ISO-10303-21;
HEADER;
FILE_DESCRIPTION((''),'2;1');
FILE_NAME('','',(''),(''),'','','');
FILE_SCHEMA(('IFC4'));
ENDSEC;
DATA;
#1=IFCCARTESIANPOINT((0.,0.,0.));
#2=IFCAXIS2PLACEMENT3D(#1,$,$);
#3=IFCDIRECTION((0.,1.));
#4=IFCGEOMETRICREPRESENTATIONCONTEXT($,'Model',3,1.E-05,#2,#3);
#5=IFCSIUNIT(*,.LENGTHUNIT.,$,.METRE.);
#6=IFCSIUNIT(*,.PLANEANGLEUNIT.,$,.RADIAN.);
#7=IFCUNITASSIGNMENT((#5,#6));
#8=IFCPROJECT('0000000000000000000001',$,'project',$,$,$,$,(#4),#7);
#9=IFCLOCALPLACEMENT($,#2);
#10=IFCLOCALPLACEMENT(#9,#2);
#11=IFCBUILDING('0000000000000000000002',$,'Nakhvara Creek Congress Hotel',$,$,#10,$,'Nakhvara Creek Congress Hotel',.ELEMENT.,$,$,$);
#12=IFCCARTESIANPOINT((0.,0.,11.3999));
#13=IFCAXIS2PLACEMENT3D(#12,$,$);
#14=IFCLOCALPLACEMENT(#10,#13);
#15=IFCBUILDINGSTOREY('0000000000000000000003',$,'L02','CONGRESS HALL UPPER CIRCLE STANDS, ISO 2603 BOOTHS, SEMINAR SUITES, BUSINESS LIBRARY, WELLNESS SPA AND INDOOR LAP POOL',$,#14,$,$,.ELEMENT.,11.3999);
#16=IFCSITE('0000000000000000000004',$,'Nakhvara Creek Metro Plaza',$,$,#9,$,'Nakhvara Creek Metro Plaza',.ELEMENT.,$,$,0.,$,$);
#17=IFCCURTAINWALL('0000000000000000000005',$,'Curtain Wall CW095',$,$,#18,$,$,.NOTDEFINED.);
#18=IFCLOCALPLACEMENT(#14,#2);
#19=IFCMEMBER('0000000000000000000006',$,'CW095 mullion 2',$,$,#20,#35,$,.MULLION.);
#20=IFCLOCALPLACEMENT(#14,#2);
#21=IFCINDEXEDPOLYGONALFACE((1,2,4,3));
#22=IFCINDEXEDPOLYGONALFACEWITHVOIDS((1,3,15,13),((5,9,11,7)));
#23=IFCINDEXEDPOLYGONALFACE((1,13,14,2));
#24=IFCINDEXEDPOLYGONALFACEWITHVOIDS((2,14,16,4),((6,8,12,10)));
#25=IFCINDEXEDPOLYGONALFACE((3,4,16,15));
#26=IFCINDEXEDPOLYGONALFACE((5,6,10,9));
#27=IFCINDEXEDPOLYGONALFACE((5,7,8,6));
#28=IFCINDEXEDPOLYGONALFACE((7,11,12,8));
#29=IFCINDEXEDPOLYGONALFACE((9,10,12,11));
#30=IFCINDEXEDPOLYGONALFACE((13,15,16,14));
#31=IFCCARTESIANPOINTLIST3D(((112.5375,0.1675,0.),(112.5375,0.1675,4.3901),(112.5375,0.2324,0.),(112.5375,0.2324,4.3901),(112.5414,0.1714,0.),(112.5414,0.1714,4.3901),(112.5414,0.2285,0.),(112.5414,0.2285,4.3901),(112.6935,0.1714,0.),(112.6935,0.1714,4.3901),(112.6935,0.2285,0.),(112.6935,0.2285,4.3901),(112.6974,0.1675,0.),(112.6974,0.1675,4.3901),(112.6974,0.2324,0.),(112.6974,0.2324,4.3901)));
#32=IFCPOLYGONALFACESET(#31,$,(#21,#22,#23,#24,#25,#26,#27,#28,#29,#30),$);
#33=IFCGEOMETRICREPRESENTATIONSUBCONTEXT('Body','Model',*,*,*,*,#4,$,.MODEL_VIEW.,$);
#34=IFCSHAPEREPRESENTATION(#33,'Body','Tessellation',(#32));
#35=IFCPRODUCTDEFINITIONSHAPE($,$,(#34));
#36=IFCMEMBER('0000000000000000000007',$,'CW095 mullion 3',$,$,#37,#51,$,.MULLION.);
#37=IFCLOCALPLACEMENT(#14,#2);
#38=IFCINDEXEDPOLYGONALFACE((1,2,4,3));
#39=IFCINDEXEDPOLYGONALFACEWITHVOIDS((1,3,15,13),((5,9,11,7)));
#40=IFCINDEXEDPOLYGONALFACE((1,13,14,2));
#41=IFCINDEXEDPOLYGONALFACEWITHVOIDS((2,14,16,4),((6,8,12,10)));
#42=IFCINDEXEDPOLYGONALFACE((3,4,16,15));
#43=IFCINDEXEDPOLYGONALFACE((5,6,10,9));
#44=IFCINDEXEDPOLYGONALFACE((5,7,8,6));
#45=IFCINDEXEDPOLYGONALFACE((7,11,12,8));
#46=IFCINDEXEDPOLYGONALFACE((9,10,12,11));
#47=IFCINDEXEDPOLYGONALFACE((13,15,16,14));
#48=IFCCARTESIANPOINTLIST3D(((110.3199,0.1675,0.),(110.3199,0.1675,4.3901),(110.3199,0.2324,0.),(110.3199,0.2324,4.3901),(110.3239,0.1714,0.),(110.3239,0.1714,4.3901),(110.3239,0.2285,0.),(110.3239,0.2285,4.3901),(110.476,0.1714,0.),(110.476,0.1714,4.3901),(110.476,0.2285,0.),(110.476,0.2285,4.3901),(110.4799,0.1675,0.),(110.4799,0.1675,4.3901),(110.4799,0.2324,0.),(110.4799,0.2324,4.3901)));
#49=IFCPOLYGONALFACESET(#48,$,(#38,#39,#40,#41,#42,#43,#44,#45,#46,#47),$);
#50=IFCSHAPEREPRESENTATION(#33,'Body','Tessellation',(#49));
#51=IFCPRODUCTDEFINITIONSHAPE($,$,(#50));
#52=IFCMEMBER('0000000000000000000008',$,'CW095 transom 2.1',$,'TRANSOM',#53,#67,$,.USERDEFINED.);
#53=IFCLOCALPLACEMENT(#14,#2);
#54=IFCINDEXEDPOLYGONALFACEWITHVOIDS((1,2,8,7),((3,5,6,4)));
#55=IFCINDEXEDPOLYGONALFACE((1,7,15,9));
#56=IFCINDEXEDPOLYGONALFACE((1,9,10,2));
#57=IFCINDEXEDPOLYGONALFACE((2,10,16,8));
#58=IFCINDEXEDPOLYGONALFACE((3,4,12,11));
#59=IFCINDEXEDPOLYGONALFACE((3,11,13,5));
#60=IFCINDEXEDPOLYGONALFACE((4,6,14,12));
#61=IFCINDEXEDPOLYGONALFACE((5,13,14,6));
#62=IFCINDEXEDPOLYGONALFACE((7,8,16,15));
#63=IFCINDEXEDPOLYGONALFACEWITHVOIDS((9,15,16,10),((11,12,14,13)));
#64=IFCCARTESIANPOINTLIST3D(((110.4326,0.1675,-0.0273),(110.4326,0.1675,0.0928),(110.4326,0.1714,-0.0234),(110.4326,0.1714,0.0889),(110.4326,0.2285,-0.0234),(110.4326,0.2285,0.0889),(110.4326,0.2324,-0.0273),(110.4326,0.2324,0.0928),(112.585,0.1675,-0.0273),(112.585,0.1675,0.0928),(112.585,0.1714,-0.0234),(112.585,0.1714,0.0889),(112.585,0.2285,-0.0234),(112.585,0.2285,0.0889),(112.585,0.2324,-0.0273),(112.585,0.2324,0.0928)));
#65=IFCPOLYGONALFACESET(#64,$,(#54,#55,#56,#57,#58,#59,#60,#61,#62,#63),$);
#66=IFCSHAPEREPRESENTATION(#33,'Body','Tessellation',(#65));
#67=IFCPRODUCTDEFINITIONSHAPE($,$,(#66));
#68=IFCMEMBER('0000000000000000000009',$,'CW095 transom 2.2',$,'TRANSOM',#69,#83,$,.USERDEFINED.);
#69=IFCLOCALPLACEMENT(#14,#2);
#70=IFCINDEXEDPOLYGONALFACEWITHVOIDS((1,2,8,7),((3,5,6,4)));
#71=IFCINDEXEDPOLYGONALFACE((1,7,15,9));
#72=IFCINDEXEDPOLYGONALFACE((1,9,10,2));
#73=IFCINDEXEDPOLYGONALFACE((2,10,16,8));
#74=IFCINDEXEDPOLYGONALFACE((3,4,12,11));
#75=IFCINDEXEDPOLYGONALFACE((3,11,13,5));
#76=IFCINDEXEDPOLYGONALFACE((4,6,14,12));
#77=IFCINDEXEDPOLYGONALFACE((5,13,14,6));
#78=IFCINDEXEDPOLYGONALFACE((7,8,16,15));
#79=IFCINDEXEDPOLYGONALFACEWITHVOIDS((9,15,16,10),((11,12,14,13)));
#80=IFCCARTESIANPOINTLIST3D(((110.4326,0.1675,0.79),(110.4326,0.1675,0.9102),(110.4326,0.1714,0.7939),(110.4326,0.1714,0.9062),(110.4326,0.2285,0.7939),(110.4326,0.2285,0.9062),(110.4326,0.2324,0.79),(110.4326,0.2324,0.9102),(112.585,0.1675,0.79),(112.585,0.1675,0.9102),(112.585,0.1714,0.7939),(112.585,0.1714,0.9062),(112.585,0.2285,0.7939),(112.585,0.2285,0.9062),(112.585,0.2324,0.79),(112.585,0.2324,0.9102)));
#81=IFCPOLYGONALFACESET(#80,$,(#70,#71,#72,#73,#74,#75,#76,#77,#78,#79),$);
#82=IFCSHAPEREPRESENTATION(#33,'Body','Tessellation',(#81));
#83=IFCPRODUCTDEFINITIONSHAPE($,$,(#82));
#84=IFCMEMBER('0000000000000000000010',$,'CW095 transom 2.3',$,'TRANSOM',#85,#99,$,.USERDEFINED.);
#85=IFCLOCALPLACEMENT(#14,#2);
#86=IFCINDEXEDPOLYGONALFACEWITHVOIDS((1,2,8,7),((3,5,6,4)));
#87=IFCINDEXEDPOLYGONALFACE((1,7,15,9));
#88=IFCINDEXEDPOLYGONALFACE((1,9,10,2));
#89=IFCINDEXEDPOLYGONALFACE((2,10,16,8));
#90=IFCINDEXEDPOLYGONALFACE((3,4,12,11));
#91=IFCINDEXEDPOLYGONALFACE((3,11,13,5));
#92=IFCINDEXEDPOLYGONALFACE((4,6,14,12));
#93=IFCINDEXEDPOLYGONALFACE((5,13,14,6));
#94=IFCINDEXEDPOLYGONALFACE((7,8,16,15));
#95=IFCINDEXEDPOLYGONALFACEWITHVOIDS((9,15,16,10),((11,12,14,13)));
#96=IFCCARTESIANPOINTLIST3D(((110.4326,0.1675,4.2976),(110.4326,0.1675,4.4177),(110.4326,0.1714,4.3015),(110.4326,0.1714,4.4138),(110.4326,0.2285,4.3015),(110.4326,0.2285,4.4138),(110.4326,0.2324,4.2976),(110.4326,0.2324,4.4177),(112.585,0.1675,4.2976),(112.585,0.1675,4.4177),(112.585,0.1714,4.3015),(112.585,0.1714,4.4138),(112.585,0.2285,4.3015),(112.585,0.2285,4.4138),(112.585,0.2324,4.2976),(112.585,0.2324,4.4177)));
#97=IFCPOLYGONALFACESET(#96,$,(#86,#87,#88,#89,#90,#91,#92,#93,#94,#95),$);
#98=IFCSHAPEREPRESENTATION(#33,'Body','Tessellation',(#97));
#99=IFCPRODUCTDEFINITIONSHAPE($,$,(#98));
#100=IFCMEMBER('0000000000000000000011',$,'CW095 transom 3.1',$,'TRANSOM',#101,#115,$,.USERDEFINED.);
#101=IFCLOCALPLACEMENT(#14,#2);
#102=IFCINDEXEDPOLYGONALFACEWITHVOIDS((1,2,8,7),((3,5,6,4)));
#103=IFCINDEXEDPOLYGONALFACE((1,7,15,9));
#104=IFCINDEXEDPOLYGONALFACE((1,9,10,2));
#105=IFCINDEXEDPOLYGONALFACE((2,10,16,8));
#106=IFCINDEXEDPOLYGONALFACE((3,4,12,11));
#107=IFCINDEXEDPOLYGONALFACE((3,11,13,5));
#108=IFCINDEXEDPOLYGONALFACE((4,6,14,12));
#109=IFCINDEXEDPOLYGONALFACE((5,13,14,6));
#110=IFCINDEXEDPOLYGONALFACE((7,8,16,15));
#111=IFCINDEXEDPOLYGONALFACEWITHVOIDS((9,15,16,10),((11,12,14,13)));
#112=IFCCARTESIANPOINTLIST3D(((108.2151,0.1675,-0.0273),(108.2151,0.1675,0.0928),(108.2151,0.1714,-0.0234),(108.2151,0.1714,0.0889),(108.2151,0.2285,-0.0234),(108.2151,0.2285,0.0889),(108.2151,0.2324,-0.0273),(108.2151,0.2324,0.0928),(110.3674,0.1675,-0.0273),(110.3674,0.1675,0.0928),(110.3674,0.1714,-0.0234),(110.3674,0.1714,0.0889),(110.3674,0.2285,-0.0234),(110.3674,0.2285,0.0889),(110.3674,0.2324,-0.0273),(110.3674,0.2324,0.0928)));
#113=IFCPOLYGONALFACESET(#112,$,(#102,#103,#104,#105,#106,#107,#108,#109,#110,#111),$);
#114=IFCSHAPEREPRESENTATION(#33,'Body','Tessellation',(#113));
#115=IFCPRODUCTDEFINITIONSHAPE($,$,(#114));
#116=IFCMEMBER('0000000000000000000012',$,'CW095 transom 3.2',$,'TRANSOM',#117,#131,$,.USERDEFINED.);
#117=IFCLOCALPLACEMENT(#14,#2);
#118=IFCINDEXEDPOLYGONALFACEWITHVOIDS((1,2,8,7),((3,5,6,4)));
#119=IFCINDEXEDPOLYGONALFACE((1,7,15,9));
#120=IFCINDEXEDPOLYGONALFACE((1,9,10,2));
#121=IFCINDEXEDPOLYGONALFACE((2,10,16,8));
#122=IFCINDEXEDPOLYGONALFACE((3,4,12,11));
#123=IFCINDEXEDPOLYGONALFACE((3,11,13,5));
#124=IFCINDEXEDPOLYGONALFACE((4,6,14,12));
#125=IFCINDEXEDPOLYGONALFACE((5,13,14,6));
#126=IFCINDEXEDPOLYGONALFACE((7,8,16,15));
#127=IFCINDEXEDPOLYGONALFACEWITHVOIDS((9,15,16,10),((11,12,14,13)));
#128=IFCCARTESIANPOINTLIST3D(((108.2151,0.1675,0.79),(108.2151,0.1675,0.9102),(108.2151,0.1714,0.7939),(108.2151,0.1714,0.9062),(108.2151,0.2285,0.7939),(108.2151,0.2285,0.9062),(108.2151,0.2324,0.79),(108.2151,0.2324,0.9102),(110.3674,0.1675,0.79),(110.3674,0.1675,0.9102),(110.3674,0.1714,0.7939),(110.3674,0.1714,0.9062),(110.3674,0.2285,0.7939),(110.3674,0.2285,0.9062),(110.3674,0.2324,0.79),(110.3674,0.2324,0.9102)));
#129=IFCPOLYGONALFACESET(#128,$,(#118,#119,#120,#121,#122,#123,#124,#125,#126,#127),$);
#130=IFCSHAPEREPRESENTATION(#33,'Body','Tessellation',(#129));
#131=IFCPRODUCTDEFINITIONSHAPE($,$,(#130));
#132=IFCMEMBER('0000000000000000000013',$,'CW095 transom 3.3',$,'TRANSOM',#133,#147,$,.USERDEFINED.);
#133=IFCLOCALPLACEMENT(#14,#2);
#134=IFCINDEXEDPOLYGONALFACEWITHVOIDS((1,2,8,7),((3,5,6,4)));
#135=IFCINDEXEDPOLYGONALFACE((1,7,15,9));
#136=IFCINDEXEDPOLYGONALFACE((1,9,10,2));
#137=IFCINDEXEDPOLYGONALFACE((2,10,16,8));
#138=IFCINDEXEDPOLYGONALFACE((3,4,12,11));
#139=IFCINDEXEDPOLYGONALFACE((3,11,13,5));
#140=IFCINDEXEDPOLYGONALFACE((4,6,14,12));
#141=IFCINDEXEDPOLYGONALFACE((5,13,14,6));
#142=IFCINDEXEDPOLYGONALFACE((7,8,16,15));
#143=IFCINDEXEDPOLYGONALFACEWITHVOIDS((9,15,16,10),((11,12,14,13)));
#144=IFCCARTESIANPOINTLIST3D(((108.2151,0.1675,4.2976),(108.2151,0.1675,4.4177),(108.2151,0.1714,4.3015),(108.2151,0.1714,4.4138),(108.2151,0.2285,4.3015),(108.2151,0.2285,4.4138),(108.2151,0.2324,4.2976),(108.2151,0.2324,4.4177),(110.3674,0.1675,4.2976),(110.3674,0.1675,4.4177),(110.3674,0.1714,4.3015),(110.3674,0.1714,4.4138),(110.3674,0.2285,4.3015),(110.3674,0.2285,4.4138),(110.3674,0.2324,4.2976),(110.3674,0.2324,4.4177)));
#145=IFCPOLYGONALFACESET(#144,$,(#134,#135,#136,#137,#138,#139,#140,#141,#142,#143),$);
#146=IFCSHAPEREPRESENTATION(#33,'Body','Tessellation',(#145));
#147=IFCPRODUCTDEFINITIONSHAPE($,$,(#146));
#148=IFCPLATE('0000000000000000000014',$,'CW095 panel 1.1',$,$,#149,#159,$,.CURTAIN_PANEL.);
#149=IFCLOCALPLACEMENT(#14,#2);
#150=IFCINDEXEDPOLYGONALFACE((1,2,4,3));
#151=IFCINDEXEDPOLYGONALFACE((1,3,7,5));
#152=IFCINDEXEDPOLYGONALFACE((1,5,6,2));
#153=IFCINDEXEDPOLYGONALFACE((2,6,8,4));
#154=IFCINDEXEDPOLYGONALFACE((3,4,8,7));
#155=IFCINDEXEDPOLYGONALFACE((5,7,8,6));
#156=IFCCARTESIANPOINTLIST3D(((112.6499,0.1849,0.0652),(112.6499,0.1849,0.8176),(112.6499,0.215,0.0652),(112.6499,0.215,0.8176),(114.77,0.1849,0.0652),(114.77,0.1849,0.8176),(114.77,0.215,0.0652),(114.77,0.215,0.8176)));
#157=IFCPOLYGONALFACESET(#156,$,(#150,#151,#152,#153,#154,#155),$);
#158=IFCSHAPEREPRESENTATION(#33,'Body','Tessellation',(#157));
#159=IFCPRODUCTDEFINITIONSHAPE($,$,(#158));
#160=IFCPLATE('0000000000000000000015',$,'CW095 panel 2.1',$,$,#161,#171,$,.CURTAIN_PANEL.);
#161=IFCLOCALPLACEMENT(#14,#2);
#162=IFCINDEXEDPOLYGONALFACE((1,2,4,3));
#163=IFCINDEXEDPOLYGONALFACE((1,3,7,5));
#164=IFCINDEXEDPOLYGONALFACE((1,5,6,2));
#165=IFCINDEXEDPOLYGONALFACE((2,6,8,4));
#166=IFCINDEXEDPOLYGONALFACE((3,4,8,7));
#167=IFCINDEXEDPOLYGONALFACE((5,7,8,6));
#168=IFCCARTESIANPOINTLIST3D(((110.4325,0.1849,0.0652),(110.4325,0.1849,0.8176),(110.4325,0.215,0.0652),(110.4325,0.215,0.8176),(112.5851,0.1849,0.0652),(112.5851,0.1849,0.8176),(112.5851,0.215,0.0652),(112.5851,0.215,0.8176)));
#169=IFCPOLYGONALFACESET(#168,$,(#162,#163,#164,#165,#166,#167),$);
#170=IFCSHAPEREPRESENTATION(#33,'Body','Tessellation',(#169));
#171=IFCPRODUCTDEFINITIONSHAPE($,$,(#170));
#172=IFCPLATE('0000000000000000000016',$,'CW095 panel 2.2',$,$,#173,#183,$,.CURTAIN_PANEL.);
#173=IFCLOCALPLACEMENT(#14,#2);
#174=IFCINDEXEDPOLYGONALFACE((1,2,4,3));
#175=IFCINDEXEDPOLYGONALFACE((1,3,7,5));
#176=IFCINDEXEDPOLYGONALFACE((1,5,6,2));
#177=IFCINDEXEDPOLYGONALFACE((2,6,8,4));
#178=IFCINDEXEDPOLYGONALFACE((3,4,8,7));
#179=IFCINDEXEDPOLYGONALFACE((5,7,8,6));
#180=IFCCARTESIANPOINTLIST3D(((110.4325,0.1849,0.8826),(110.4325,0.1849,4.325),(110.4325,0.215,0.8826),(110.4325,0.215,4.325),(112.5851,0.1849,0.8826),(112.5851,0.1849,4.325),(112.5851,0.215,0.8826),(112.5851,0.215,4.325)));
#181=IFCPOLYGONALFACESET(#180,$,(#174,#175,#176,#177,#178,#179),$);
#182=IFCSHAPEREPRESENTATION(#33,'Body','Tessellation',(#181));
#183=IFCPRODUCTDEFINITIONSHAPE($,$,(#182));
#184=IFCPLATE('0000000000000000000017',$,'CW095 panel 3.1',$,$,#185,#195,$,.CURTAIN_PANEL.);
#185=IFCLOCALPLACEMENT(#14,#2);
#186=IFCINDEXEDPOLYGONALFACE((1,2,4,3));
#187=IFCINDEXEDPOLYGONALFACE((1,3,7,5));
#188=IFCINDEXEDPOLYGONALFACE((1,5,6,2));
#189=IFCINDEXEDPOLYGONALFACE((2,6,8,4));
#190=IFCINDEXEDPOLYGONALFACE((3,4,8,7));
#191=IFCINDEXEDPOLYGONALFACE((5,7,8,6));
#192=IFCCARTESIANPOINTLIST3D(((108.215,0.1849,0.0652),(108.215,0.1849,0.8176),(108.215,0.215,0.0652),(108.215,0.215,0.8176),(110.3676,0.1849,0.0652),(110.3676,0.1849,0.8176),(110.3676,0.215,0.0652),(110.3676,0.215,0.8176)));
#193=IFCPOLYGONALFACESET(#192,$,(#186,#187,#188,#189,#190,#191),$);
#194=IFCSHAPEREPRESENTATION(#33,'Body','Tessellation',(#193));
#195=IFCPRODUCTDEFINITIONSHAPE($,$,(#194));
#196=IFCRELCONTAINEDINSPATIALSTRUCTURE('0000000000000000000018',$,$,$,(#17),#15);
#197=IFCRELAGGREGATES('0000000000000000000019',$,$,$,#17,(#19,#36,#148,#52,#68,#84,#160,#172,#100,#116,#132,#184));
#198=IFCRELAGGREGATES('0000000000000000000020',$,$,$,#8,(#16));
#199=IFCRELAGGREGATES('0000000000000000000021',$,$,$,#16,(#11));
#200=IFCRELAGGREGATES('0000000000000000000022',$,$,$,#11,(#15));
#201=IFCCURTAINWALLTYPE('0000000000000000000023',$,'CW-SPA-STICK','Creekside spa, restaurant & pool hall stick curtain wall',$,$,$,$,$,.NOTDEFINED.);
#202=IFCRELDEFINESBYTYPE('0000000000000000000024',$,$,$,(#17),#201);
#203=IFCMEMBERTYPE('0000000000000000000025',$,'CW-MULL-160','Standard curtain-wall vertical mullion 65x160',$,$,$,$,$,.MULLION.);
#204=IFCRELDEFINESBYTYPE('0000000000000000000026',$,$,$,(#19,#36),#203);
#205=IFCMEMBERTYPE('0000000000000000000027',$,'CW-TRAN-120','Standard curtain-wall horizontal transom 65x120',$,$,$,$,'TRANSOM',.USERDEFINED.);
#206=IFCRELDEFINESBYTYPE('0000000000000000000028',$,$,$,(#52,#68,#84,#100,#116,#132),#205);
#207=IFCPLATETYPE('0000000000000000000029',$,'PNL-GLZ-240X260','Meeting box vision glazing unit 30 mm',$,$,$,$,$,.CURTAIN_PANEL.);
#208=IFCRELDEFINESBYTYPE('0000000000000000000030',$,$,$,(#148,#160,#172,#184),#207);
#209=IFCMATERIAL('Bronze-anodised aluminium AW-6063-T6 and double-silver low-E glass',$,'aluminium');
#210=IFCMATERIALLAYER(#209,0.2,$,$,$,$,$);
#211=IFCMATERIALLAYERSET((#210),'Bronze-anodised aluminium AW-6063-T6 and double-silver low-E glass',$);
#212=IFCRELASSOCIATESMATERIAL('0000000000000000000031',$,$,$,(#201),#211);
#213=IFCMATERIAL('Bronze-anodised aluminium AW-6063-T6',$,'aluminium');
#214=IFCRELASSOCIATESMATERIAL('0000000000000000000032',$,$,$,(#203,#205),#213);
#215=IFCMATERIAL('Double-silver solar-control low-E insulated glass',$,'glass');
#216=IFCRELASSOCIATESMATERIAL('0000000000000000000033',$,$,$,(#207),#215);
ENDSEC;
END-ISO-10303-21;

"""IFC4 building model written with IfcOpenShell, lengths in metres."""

from ifc_helpers import new_model, si_unit, direction, frame, origin, origin_2d, place, context, subcontext, project, spatial, rectangle, hollow_rectangle, extrude, material, layer, layer_set, material_profile, profile_set, type_object, element, aggregate, save


model = new_model("IFC4")

# Units and contexts
model_context = context("Model", 3, precision=1e-05, world=origin(), true_north=direction((0.0, 1.0)))
body_context = subcontext(model_context, "Body", "Model", "MODEL_VIEW")
ifc_project = project(units=[si_unit("LENGTHUNIT", "METRE"), si_unit("PLANEANGLEUNIT", "RADIAN")], contexts=[model_context])

# Site, building, storey
site_placement = place(None, origin())
site = spatial("IfcSite", under=ifc_project, at=site_placement, Name="Nakhvara Creek Metro Plaza", LongName="Nakhvara Creek Metro Plaza", CompositionType="ELEMENT", RefElevation=0.0)
building_placement = place(site_placement, origin())
building = spatial("IfcBuilding", under=site, at=building_placement, Name="Nakhvara Creek Congress Hotel", LongName="Nakhvara Creek Congress Hotel", CompositionType="ELEMENT")
storey_placement = place(building_placement, frame((0.0, 0.0, 11.3999)))
storey = spatial("IfcBuildingStorey", under=building, at=storey_placement, Name="L02", Description="CONGRESS HALL UPPER CIRCLE STANDS, ISO 2603 BOOTHS, SEMINAR SUITES, BUSINESS LIBRARY, WELLNESS SPA AND INDOOR LAP POOL", CompositionType="ELEMENT", Elevation=11.3999)

# Curtain wall, members, plates
ifc_material_1 = material(Name="Bronze-anodised aluminium AW-6063-T6 and double-silver low-E glass", Category="aluminium")
ifc_layer_1 = layer(ifc_material_1, 0.2)
ifc_layer_set_1 = layer_set([ifc_layer_1], Name="Bronze-anodised aluminium AW-6063-T6 and double-silver low-E glass")
curtain_wall_type = type_object("IfcCurtainWallType", Name="CW-SPA-STICK", Description="Creekside spa, restaurant & pool hall stick curtain wall", PredefinedType="NOTDEFINED", material=ifc_layer_set_1)
curtain_wall_placement = place(storey_placement, origin())
curtain_wall = element("IfcCurtainWall", 1, at=curtain_wall_placement, inside=storey, type_object=curtain_wall_type, Name="Curtain Wall CW095", PredefinedType="NOTDEFINED")
ifc_material_2 = material(Name="Bronze-anodised aluminium AW-6063-T6", Category="aluminium")
ifc_material_profile_1 = material_profile(ifc_material_2, hollow_rectangle(XDim=0.0649, YDim=0.1599, WallThickness=0.0039, at=origin_2d()), Name="ALU-MULL 65x160x4", Category="LoadBearing")
ifc_profile_set_1 = profile_set([ifc_material_profile_1], Name="Bronze-anodised aluminium AW-6063-T6")
member_type_1 = type_object("IfcMemberType", Name="CW-MULL-160", Description="Standard curtain-wall vertical mullion 65x160", PredefinedType="MULLION", material=ifc_profile_set_1)
member_1_placement = place(storey_placement, frame((112.6174, 0.2, 0.0), z_axis=(0.0, 0.0, 1.0), x_axis=(0.0, -1.0, 0.0)))
member_1 = element("IfcMember", 2, at=member_1_placement, type_object=member_type_1, Name="CW095 mullion 2", PredefinedType="MULLION", context=body_context, shape_type="SweptSolid", body=[
    extrude(hollow_rectangle(XDim=0.0649, YDim=0.1599, WallThickness=0.0039, at=origin_2d()), origin(), (0.0, 0.0, 1.0), 4.3901),
])
member_2_placement = place(storey_placement, frame((110.3999, 0.2, 0.0), z_axis=(0.0, 0.0, 1.0), x_axis=(0.0, -1.0, 0.0)))
member_2 = element("IfcMember", 3, at=member_2_placement, type_object=member_type_1, Name="CW095 mullion 3", PredefinedType="MULLION", context=body_context, shape_type="SweptSolid", body=[
    extrude(hollow_rectangle(XDim=0.0649, YDim=0.1599, WallThickness=0.0039, at=origin_2d()), origin(), (0.0, 0.0, 1.0), 4.3901),
])
ifc_material_profile_2 = material_profile(ifc_material_2, hollow_rectangle(XDim=0.0649, YDim=0.1201, WallThickness=0.0039, at=origin_2d()), Name="ALU-TRAN 65x120x4", Category="LoadBearing")
ifc_profile_set_2 = profile_set([ifc_material_profile_2], Name="Bronze-anodised aluminium AW-6063-T6")
member_type_2 = type_object("IfcMemberType", Name="CW-TRAN-120", Description="Standard curtain-wall horizontal transom 65x120", ElementType="TRANSOM", PredefinedType="USERDEFINED", material=ifc_profile_set_2)
member_3_placement = place(storey_placement, frame((112.585, 0.2, 0.0327), z_axis=(-1.0, 0.0, 0.0), x_axis=(0.0, -1.0, 0.0)))
member_3 = element("IfcMember", 4, at=member_3_placement, type_object=member_type_2, Name="CW095 transom 2.1", ObjectType="TRANSOM", PredefinedType="USERDEFINED", context=body_context, shape_type="SweptSolid", body=[
    extrude(hollow_rectangle(XDim=0.0649, YDim=0.1201, WallThickness=0.0039, at=origin_2d()), origin(), (0.0, 0.0, 1.0), 2.1523),
])
member_4_placement = place(storey_placement, frame((112.585, 0.2, 0.8501), z_axis=(-1.0, 0.0, 0.0), x_axis=(0.0, -1.0, 0.0)))
member_4 = element("IfcMember", 5, at=member_4_placement, type_object=member_type_2, Name="CW095 transom 2.2", ObjectType="TRANSOM", PredefinedType="USERDEFINED", context=body_context, shape_type="SweptSolid", body=[
    extrude(hollow_rectangle(XDim=0.0649, YDim=0.1201, WallThickness=0.0039, at=origin_2d()), origin(), (0.0, 0.0, 1.0), 2.1523),
])
member_5_placement = place(storey_placement, frame((112.585, 0.2, 4.3577), z_axis=(-1.0, 0.0, 0.0), x_axis=(0.0, -1.0, 0.0)))
member_5 = element("IfcMember", 6, at=member_5_placement, type_object=member_type_2, Name="CW095 transom 2.3", ObjectType="TRANSOM", PredefinedType="USERDEFINED", context=body_context, shape_type="SweptSolid", body=[
    extrude(hollow_rectangle(XDim=0.0649, YDim=0.1201, WallThickness=0.0039, at=origin_2d()), origin(), (0.0, 0.0, 1.0), 2.1523),
])
member_6_placement = place(storey_placement, frame((110.3674, 0.2, 0.0327), z_axis=(-1.0, 0.0, 0.0), x_axis=(0.0, -1.0, 0.0)))
member_6 = element("IfcMember", 7, at=member_6_placement, type_object=member_type_2, Name="CW095 transom 3.1", ObjectType="TRANSOM", PredefinedType="USERDEFINED", context=body_context, shape_type="SweptSolid", body=[
    extrude(hollow_rectangle(XDim=0.0649, YDim=0.1201, WallThickness=0.0039, at=origin_2d()), origin(), (0.0, 0.0, 1.0), 2.1523),
])
member_7_placement = place(storey_placement, frame((110.3674, 0.2, 0.8501), z_axis=(-1.0, 0.0, 0.0), x_axis=(0.0, -1.0, 0.0)))
member_7 = element("IfcMember", 8, at=member_7_placement, type_object=member_type_2, Name="CW095 transom 3.2", ObjectType="TRANSOM", PredefinedType="USERDEFINED", context=body_context, shape_type="SweptSolid", body=[
    extrude(hollow_rectangle(XDim=0.0649, YDim=0.1201, WallThickness=0.0039, at=origin_2d()), origin(), (0.0, 0.0, 1.0), 2.1523),
])
member_8_placement = place(storey_placement, frame((110.3674, 0.2, 4.3577), z_axis=(-1.0, 0.0, 0.0), x_axis=(0.0, -1.0, 0.0)))
member_8 = element("IfcMember", 9, at=member_8_placement, type_object=member_type_2, Name="CW095 transom 3.3", ObjectType="TRANSOM", PredefinedType="USERDEFINED", context=body_context, shape_type="SweptSolid", body=[
    extrude(hollow_rectangle(XDim=0.0649, YDim=0.1201, WallThickness=0.0039, at=origin_2d()), origin(), (0.0, 0.0, 1.0), 2.1523),
])
ifc_material_3 = material(Name="Double-silver solar-control low-E insulated glass", Category="glass")
plate_type = type_object("IfcPlateType", Name="PNL-GLZ-240X260", Description="Meeting box vision glazing unit 30 mm", PredefinedType="CURTAIN_PANEL", material=ifc_material_3)
plate_1_placement = place(storey_placement, frame((113.71, 0.2, 0.0652), z_axis=(0.0, 0.0, 1.0), x_axis=(-1.0, 0.0, 0.0)))
plate_1 = element("IfcPlate", 10, at=plate_1_placement, type_object=plate_type, Name="CW095 panel 1.1", PredefinedType="CURTAIN_PANEL", context=body_context, shape_type="SweptSolid", body=[
    extrude(rectangle(XDim=2.1201, YDim=0.03, at=origin_2d()), origin(), (0.0, 0.0, 1.0), 0.7524),
])
plate_2_placement = place(storey_placement, frame((111.5088, 0.2, 0.0652), z_axis=(0.0, 0.0, 1.0), x_axis=(-1.0, 0.0, 0.0)))
plate_2 = element("IfcPlate", 11, at=plate_2_placement, type_object=plate_type, Name="CW095 panel 2.1", PredefinedType="CURTAIN_PANEL", context=body_context, shape_type="SweptSolid", body=[
    extrude(rectangle(XDim=2.1526, YDim=0.03, at=origin_2d()), origin(), (0.0, 0.0, 1.0), 0.7524),
])
plate_3_placement = place(storey_placement, frame((111.5088, 0.2, 0.8826), z_axis=(0.0, 0.0, 1.0), x_axis=(-1.0, 0.0, 0.0)))
plate_3 = element("IfcPlate", 12, at=plate_3_placement, type_object=plate_type, Name="CW095 panel 2.2", PredefinedType="CURTAIN_PANEL", context=body_context, shape_type="SweptSolid", body=[
    extrude(rectangle(XDim=2.1526, YDim=0.03, at=origin_2d()), origin(), (0.0, 0.0, 1.0), 3.4424),
])
plate_4_placement = place(storey_placement, frame((109.2913, 0.2, 0.0652), z_axis=(0.0, 0.0, 1.0), x_axis=(-1.0, 0.0, 0.0)))
plate_4 = element("IfcPlate", 13, at=plate_4_placement, type_object=plate_type, Name="CW095 panel 3.1", PredefinedType="CURTAIN_PANEL", context=body_context, shape_type="SweptSolid", body=[
    extrude(rectangle(XDim=2.1526, YDim=0.03, at=origin_2d()), origin(), (0.0, 0.0, 1.0), 0.7524),
])
aggregate(curtain_wall, [member_1, member_2, plate_1, member_3, member_4, member_5, plate_2, plate_3, member_6, member_7, member_8, plate_4])

save(model, "model.ifc")
